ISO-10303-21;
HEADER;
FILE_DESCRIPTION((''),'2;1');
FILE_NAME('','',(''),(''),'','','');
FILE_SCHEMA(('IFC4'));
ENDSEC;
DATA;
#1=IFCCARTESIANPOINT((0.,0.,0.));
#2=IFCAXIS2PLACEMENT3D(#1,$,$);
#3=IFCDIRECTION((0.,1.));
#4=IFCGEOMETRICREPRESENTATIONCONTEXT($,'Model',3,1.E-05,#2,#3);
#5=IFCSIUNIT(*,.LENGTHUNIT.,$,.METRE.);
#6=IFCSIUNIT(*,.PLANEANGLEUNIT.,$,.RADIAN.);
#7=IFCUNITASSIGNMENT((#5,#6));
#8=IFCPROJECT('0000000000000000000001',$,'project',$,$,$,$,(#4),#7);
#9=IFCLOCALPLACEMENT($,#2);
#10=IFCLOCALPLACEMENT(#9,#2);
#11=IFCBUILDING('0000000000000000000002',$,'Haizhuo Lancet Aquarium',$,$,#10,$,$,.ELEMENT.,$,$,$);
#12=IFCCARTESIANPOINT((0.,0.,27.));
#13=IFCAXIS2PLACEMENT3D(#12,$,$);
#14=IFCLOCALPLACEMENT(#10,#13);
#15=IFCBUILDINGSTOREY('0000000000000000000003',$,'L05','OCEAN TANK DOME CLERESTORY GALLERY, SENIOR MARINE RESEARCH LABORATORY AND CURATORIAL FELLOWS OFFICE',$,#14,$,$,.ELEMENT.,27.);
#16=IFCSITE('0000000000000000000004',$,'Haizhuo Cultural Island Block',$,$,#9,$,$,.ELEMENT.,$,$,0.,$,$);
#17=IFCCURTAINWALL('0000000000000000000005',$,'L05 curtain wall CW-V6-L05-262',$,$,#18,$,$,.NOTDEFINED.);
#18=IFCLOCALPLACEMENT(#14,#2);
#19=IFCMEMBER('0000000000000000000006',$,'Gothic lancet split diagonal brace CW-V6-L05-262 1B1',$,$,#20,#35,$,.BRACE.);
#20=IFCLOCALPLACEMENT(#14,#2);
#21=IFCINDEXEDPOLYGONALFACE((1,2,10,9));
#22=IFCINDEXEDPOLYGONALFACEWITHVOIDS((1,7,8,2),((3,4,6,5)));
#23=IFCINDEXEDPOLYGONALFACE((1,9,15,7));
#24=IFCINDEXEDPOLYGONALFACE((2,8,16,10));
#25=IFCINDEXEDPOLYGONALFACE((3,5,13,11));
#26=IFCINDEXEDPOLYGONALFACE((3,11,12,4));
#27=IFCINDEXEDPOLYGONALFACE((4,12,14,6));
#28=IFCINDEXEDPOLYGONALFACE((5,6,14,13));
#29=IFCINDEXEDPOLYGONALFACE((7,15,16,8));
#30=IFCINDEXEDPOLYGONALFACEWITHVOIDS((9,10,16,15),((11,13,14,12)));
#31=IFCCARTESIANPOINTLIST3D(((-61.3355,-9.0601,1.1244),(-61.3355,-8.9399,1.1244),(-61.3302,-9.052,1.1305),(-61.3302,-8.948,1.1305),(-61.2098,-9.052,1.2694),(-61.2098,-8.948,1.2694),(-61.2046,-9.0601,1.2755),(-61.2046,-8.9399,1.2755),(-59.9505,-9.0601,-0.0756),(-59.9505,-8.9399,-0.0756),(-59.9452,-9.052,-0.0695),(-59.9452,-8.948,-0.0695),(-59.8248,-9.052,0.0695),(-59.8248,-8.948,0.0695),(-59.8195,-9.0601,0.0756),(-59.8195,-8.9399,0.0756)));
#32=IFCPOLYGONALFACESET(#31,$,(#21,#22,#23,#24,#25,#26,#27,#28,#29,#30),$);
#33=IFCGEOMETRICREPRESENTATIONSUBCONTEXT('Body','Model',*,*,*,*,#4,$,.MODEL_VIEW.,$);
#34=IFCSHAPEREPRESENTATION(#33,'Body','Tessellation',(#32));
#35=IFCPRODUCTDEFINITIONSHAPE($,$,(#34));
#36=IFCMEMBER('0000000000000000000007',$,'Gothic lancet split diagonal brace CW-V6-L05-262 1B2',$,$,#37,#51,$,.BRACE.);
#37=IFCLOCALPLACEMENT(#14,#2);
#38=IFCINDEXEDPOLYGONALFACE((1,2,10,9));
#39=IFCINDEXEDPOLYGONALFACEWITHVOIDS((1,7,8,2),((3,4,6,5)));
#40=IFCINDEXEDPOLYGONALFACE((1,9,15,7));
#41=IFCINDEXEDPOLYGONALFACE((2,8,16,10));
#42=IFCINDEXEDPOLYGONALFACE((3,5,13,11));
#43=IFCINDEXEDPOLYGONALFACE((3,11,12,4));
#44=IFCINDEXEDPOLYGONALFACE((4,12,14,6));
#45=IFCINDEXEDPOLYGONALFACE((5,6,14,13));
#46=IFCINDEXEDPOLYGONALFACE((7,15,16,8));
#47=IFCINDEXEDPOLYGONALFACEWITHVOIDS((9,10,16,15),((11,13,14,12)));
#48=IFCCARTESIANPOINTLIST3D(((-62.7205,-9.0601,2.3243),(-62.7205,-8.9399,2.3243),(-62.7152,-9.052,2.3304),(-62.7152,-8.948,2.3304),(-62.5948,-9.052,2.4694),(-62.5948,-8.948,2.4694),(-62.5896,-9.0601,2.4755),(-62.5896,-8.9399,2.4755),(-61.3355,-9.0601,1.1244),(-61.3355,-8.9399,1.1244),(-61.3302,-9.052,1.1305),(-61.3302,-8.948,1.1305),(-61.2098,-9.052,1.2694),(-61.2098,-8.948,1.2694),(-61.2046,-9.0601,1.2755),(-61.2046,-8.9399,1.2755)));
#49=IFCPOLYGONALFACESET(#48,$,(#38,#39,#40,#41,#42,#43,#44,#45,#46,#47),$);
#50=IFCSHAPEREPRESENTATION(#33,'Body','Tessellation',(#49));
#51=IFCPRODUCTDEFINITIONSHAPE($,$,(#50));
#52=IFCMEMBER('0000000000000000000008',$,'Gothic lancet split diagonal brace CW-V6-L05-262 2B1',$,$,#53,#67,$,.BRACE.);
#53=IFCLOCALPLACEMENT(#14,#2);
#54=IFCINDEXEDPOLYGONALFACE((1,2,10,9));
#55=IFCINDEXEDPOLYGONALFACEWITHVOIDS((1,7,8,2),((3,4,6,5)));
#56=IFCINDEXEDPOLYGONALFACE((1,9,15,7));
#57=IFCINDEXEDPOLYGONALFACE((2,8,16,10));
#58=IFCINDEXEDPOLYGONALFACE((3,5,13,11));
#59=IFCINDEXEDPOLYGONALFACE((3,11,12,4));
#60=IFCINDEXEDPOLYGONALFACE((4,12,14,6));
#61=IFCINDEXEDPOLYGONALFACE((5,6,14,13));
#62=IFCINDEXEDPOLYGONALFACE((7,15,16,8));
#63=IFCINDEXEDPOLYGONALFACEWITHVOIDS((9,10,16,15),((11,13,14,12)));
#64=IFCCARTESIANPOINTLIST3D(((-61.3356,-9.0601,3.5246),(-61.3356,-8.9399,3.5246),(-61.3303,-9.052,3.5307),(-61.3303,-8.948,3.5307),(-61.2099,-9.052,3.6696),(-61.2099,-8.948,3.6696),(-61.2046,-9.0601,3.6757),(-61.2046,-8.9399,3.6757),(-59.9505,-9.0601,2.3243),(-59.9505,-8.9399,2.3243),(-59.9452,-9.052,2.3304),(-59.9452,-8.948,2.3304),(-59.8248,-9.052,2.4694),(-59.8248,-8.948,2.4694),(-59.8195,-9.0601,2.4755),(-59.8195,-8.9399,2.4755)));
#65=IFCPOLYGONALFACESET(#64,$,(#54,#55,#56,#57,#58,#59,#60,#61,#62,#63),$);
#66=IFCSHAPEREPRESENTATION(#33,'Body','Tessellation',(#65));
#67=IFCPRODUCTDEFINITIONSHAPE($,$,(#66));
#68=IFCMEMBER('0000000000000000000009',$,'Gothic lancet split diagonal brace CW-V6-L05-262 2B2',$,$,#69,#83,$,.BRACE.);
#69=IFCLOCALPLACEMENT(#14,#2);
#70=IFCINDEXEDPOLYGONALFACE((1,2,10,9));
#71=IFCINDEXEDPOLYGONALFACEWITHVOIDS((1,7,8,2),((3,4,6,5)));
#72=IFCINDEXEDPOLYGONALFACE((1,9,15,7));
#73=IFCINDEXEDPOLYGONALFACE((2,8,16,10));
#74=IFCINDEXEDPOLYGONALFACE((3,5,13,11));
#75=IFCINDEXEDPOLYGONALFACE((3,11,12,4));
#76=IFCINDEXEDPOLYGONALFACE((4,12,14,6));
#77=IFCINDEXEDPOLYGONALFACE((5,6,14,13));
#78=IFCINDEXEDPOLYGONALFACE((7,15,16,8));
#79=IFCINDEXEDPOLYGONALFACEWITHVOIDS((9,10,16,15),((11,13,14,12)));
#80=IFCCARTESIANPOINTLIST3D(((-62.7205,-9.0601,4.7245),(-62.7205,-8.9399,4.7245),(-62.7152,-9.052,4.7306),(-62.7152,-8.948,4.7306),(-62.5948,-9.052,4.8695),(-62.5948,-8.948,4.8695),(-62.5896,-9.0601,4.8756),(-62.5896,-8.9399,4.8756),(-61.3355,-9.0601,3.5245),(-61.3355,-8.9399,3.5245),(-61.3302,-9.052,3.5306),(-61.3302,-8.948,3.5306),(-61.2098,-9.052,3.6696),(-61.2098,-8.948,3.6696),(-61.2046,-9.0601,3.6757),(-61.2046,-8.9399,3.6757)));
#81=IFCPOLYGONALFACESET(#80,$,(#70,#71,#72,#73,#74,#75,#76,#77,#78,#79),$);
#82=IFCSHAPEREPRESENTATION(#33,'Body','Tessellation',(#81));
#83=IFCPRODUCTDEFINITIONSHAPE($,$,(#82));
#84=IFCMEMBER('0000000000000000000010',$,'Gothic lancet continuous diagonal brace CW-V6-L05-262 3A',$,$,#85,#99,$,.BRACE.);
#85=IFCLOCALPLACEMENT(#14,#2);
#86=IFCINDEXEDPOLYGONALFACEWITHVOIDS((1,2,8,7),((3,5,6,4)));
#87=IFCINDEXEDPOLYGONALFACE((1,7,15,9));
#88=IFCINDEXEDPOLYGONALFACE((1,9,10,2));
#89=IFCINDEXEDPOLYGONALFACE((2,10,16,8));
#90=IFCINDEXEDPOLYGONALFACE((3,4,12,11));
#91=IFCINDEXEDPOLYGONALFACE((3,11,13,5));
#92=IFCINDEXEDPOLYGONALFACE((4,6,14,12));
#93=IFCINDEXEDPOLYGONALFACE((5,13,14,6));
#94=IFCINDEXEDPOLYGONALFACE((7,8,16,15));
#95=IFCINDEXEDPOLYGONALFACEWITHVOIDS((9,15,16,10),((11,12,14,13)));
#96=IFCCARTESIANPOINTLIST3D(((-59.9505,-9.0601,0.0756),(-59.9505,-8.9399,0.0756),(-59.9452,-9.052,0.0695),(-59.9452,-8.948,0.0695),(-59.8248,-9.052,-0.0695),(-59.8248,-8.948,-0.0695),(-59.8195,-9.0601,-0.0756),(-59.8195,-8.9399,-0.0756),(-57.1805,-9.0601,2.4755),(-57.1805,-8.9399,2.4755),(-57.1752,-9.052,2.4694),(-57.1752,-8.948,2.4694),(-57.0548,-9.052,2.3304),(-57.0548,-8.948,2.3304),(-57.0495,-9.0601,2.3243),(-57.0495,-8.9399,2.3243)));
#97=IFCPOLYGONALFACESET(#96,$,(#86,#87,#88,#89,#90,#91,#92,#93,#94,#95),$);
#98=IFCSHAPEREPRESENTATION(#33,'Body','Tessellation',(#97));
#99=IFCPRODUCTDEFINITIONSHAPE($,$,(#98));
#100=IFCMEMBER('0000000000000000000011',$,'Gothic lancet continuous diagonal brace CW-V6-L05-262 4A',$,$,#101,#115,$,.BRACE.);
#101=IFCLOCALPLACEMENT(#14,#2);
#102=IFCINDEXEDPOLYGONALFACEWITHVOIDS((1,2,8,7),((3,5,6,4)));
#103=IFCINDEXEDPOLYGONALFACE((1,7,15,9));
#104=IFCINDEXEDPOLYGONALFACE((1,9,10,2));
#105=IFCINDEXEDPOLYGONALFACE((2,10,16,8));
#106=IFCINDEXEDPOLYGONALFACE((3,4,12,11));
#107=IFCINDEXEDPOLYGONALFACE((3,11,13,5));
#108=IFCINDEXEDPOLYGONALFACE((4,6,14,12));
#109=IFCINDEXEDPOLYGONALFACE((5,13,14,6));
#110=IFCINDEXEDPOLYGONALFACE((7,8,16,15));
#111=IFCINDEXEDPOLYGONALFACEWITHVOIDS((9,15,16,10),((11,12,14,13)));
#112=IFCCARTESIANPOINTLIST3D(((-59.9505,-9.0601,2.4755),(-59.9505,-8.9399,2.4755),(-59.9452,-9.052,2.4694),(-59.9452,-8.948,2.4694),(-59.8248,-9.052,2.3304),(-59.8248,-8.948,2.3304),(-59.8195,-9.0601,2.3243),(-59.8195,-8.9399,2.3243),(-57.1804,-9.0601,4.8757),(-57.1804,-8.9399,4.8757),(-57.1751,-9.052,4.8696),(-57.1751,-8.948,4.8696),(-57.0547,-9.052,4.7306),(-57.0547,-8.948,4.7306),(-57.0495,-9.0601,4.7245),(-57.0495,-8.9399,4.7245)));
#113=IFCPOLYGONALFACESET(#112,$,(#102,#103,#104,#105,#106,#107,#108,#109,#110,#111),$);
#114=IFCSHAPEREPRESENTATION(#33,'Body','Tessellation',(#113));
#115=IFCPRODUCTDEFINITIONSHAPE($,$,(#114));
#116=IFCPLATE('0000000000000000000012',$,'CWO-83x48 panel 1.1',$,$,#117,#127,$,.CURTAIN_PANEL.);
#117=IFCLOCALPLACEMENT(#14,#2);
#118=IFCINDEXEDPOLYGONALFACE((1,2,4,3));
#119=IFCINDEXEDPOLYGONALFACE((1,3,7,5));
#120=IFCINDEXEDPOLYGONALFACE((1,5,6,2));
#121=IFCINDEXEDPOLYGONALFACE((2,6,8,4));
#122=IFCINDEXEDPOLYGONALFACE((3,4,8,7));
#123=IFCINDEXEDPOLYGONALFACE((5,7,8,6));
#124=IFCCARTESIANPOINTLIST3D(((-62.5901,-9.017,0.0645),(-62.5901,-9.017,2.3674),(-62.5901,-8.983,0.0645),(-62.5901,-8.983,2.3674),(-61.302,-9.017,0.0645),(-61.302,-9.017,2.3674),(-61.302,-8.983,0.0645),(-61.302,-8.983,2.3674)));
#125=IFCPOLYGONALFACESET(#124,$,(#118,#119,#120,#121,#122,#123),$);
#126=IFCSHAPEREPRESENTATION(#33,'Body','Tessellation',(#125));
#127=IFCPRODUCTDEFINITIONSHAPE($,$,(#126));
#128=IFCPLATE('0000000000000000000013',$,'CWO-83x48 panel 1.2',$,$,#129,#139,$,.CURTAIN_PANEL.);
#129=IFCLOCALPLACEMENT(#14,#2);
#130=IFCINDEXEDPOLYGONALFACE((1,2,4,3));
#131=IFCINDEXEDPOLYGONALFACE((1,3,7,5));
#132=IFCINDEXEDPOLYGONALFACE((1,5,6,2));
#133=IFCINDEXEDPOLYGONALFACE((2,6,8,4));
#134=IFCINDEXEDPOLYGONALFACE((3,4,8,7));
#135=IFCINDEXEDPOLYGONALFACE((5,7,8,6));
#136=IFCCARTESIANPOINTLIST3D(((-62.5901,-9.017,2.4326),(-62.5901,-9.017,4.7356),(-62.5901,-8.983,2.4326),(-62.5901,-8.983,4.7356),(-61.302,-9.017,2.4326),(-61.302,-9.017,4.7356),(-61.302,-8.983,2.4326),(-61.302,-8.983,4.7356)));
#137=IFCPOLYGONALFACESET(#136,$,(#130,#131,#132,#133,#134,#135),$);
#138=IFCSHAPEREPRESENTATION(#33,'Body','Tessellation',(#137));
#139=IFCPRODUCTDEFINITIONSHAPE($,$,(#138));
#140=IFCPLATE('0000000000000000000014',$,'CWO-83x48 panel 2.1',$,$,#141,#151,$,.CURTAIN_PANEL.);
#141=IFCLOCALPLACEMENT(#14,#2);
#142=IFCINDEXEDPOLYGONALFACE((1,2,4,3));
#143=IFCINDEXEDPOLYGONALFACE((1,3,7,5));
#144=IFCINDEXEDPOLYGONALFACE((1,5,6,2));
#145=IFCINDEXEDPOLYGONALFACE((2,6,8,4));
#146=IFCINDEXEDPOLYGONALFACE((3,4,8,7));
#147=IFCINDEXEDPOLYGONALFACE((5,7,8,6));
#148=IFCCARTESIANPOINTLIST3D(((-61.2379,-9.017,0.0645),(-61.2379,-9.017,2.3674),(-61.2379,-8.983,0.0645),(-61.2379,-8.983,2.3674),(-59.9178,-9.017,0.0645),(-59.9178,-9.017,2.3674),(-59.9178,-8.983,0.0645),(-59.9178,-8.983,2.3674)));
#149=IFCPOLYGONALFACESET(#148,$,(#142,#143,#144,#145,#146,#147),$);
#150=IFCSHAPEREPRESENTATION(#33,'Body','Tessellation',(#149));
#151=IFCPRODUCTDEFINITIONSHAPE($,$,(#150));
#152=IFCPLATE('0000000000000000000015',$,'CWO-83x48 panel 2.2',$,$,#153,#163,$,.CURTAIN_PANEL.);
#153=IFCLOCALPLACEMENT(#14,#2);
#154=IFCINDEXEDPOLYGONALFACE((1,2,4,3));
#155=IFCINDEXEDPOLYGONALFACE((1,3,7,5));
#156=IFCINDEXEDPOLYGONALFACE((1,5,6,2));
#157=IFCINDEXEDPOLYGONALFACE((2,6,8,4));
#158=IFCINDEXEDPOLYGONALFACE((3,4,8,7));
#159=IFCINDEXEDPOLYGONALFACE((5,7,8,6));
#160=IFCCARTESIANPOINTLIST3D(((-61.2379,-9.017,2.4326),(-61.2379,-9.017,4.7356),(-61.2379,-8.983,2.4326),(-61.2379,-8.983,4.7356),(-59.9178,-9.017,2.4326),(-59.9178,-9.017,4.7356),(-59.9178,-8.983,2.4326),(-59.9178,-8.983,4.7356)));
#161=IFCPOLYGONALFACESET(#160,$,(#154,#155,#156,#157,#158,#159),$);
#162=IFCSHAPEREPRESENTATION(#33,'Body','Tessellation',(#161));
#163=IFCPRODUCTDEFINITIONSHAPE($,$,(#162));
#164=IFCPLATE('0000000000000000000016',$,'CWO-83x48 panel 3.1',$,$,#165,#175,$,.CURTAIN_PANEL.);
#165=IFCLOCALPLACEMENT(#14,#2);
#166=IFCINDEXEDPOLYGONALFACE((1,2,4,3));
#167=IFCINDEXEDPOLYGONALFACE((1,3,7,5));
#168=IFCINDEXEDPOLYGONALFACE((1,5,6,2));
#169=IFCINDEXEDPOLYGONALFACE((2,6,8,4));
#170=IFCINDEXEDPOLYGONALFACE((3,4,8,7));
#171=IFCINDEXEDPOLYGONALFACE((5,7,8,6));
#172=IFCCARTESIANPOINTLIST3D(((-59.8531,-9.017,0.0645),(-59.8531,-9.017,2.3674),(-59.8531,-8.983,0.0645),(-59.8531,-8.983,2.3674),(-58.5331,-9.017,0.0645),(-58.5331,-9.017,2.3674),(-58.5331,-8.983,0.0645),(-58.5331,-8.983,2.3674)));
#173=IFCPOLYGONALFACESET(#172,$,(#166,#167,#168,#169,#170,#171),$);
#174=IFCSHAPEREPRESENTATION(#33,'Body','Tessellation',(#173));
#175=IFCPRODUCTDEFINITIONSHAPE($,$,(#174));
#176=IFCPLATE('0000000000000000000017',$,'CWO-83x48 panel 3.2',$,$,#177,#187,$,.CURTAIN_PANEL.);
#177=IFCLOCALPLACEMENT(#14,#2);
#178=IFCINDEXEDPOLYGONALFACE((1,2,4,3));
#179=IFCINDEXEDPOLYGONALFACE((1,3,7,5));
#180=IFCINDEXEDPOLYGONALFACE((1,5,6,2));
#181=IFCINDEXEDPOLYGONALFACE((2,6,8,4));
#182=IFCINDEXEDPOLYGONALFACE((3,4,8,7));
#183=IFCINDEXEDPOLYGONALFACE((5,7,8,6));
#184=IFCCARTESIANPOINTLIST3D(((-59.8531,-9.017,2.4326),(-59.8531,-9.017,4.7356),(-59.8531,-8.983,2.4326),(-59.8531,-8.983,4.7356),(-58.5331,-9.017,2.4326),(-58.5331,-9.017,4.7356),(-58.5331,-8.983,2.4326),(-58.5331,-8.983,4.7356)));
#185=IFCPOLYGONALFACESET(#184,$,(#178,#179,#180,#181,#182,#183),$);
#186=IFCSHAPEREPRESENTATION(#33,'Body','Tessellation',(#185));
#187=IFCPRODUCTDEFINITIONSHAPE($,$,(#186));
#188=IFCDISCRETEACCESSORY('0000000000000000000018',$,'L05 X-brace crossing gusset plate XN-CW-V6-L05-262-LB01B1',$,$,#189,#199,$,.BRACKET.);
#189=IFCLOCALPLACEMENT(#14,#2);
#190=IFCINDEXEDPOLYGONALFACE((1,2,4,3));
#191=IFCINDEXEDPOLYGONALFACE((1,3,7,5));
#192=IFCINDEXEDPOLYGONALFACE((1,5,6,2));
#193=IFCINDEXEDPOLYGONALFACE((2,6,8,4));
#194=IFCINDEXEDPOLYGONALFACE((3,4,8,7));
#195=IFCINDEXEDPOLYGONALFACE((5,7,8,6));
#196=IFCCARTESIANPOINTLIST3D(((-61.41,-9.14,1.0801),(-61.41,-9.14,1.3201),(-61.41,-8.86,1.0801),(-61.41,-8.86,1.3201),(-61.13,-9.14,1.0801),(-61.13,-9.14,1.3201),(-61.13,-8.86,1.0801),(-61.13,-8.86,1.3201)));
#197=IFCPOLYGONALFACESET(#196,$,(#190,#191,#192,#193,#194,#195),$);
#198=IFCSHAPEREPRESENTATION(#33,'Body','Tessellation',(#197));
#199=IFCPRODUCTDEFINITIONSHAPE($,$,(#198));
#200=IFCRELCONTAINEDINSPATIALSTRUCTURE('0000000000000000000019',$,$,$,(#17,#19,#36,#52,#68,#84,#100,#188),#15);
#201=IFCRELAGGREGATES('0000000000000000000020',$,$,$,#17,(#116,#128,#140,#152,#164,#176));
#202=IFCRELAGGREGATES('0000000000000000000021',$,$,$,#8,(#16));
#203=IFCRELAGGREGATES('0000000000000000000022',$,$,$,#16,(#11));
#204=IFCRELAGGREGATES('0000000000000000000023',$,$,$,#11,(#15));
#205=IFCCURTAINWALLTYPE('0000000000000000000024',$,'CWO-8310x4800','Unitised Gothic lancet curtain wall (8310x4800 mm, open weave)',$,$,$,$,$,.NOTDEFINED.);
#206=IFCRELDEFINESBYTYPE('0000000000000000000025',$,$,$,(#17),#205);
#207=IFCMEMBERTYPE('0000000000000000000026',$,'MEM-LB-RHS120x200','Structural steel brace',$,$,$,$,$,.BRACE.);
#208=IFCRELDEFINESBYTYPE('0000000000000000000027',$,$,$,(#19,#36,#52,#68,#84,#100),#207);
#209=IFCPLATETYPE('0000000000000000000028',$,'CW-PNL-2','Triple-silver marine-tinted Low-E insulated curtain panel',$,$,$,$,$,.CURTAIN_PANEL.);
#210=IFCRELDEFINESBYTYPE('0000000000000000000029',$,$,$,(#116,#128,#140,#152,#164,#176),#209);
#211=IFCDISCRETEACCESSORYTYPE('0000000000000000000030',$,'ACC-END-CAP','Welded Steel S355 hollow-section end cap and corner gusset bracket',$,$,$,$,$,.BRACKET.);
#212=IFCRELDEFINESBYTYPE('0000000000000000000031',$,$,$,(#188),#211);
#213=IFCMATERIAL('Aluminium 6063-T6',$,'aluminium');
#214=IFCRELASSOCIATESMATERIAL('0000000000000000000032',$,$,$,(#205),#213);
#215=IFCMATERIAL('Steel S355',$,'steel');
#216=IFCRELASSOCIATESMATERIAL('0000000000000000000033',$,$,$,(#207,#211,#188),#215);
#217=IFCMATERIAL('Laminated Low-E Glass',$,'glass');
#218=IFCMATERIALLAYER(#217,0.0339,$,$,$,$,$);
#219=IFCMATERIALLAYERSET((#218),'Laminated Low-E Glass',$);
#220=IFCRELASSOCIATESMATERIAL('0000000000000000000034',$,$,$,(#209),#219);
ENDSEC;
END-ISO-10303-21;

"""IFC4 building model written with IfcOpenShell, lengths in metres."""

from ifc_helpers import new_model, si_unit, direction, frame, origin, origin_2d, place, context, subcontext, project, spatial, rectangle, hollow_rectangle, extrude, material, layer, layer_set, material_profile, profile_set, type_object, element, aggregate, save


model = new_model("IFC4")

# Units and contexts
model_context = context("Model", 3, precision=1e-05, world=origin(), true_north=direction((0.0, 1.0)))
body_context = subcontext(model_context, "Body", "Model", "MODEL_VIEW")
ifc_project = project(units=[si_unit("LENGTHUNIT", "METRE"), si_unit("PLANEANGLEUNIT", "RADIAN")], contexts=[model_context])

# Site, building, storey
site_placement = place(None, origin())
site = spatial("IfcSite", under=ifc_project, at=site_placement, Name="Haizhuo Cultural Island Block", CompositionType="ELEMENT", RefElevation=0.0)
building_placement = place(site_placement, origin())
building = spatial("IfcBuilding", under=site, at=building_placement, Name="Haizhuo Lancet Aquarium", CompositionType="ELEMENT")
storey_placement = place(building_placement, frame((0.0, 0.0, 27.0)))
storey = spatial("IfcBuildingStorey", under=building, at=storey_placement, Name="L05", Description="OCEAN TANK DOME CLERESTORY GALLERY, SENIOR MARINE RESEARCH LABORATORY AND CURATORIAL FELLOWS OFFICE", CompositionType="ELEMENT", Elevation=27.0)

# Curtain wall
ifc_material_1 = material(Name="Aluminium 6063-T6", Category="aluminium")
curtain_wall_type = type_object("IfcCurtainWallType", Name="CWO-8310x4800", Description="Unitised Gothic lancet curtain wall (8310x4800 mm, open weave)", PredefinedType="NOTDEFINED", material=ifc_material_1)
curtain_wall_placement = place(storey_placement, origin())
curtain_wall = element("IfcCurtainWall", 1, at=curtain_wall_placement, inside=storey, type_object=curtain_wall_type, Name="L05 curtain wall CW-V6-L05-262", PredefinedType="NOTDEFINED")

# Members
ifc_material_2 = material(Name="Steel S355", Category="steel")
ifc_material_profile_1 = material_profile(ifc_material_2, hollow_rectangle(XDim=0.1201, YDim=0.2, WallThickness=0.0081, at=origin_2d()), Name="RHS 120x200x8")
ifc_profile_set_1 = profile_set([ifc_material_profile_1], Name="Steel S355")
member_type_1 = type_object("IfcMemberType", Name="MEM-LB-RHS120x200", Description="Structural steel brace", PredefinedType="BRACE", material=ifc_profile_set_1)
for number, where, z_axis, x_axis, name in (
    (2, (-59.885, -9.0, 0.0), (-0.755795, 0.0, 0.654809), (0.0, -1.0, 0.0), "Gothic lancet split diagonal brace CW-V6-L05-262 1B1"),
    (3, (-61.27, -9.0, 1.2), (-0.755795, 0.0, 0.654809), (0.0, -1.0, 0.0), "Gothic lancet split diagonal brace CW-V6-L05-262 1B2"),
):
    element("IfcMember", number, at=place(storey_placement, frame(where, z_axis=z_axis, x_axis=x_axis)), inside=storey, type_object=member_type_1, Name=name, PredefinedType="BRACE", context=body_context, shape_type="SweptSolid", body=[
        extrude(hollow_rectangle(XDim=0.1201, YDim=0.2, WallThickness=0.0081, at=origin_2d()), origin(), (0.0, 0.0, 1.0), 1.8325),
    ])
member_1_placement = place(storey_placement, frame((-59.885, -9.0, 2.3999), z_axis=(-0.755729, 0.0, 0.654885), x_axis=(0.0, -1.0, 0.0)))
element("IfcMember", 4, at=member_1_placement, inside=storey, type_object=member_type_1, Name="Gothic lancet split diagonal brace CW-V6-L05-262 2B1", PredefinedType="BRACE", context=body_context, shape_type="SweptSolid", body=[
    extrude(hollow_rectangle(XDim=0.1201, YDim=0.2, WallThickness=0.0081, at=origin_2d()), origin(), (0.0, 0.0, 1.0), 1.8328),
])
member_2_placement = place(storey_placement, frame((-61.27, -9.0, 3.6001), z_axis=(-0.755795, 0.0, 0.654809), x_axis=(0.0, -1.0, 0.0)))
element("IfcMember", 5, at=member_2_placement, inside=storey, type_object=member_type_1, Name="Gothic lancet split diagonal brace CW-V6-L05-262 2B2", PredefinedType="BRACE", context=body_context, shape_type="SweptSolid", body=[
    extrude(hollow_rectangle(XDim=0.1201, YDim=0.2, WallThickness=0.0081, at=origin_2d()), origin(), (0.0, 0.0, 1.0), 1.8325),
])
member_3_placement = place(storey_placement, frame((-59.885, -9.0, 0.0), z_axis=(0.755795, 0.0, 0.654809), x_axis=(0.0, 1.0, 0.0)))
element("IfcMember", 6, at=member_3_placement, inside=storey, type_object=member_type_1, Name="Gothic lancet continuous diagonal brace CW-V6-L05-262 3A", PredefinedType="BRACE", context=body_context, shape_type="SweptSolid", body=[
    extrude(hollow_rectangle(XDim=0.1201, YDim=0.2, WallThickness=0.0081, at=origin_2d()), origin(), (0.0, 0.0, 1.0), 3.665),
])
member_4_placement = place(storey_placement, frame((-59.885, -9.0, 2.3999), z_axis=(0.755762, 0.0, 0.654847), x_axis=(0.0, 1.0, 0.0)))
element("IfcMember", 7, at=member_4_placement, inside=storey, type_object=member_type_1, Name="Gothic lancet continuous diagonal brace CW-V6-L05-262 4A", PredefinedType="BRACE", context=body_context, shape_type="SweptSolid", body=[
    extrude(hollow_rectangle(XDim=0.1201, YDim=0.2, WallThickness=0.0081, at=origin_2d()), origin(), (0.0, 0.0, 1.0), 3.6653),
])

# Plates
ifc_material_3 = material(Name="Laminated Low-E Glass", Category="glass")
ifc_layer = layer(ifc_material_3, 0.0339)
ifc_layer_set = layer_set([ifc_layer], Name="Laminated Low-E Glass")
plate_type = type_object("IfcPlateType", Name="CW-PNL-2", Description="Triple-silver marine-tinted Low-E insulated curtain panel", PredefinedType="CURTAIN_PANEL", material=ifc_layer_set)
plate_1_placement = place(storey_placement, frame((-61.946, -9.0, 0.0645), z_axis=(0.0, 0.0, 1.0), x_axis=(1.0, 0.0, 0.0)))
plate_1 = element("IfcPlate", 8, at=plate_1_placement, type_object=plate_type, Name="CWO-83x48 panel 1.1", PredefinedType="CURTAIN_PANEL", context=body_context, shape_type="SweptSolid", body=[
    extrude(rectangle(XDim=1.2881, YDim=0.0339, at=origin_2d()), origin(), (0.0, 0.0, 1.0), 2.303),
])
plate_2_placement = place(storey_placement, frame((-61.946, -9.0, 2.4326), z_axis=(0.0, 0.0, 1.0), x_axis=(1.0, 0.0, 0.0)))
plate_2 = element("IfcPlate", 9, at=plate_2_placement, type_object=plate_type, Name="CWO-83x48 panel 1.2", PredefinedType="CURTAIN_PANEL", context=body_context, shape_type="SweptSolid", body=[
    extrude(rectangle(XDim=1.2881, YDim=0.0339, at=origin_2d()), origin(), (0.0, 0.0, 1.0), 2.303),
])
plate_3_placement = place(storey_placement, frame((-60.5779, -9.0, 0.0645), z_axis=(0.0, 0.0, 1.0), x_axis=(1.0, 0.0, 0.0)))
plate_3 = element("IfcPlate", 10, at=plate_3_placement, type_object=plate_type, Name="CWO-83x48 panel 2.1", PredefinedType="CURTAIN_PANEL", context=body_context, shape_type="SweptSolid", body=[
    extrude(rectangle(XDim=1.3201, YDim=0.0339, at=origin_2d()), origin(), (0.0, 0.0, 1.0), 2.303),
])
plate_4_placement = place(storey_placement, frame((-60.5779, -9.0, 2.4326), z_axis=(0.0, 0.0, 1.0), x_axis=(1.0, 0.0, 0.0)))
plate_4 = element("IfcPlate", 11, at=plate_4_placement, type_object=plate_type, Name="CWO-83x48 panel 2.2", PredefinedType="CURTAIN_PANEL", context=body_context, shape_type="SweptSolid", body=[
    extrude(rectangle(XDim=1.3201, YDim=0.0339, at=origin_2d()), origin(), (0.0, 0.0, 1.0), 2.303),
])
plate_5_placement = place(storey_placement, frame((-59.1931, -9.0, 0.0645), z_axis=(0.0, 0.0, 1.0), x_axis=(1.0, 0.0, 0.0)))
plate_5 = element("IfcPlate", 12, at=plate_5_placement, type_object=plate_type, Name="CWO-83x48 panel 3.1", PredefinedType="CURTAIN_PANEL", context=body_context, shape_type="SweptSolid", body=[
    extrude(rectangle(XDim=1.3201, YDim=0.0339, at=origin_2d()), origin(), (0.0, 0.0, 1.0), 2.303),
])
plate_6_placement = place(storey_placement, frame((-59.1931, -9.0, 2.4326), z_axis=(0.0, 0.0, 1.0), x_axis=(1.0, 0.0, 0.0)))
plate_6 = element("IfcPlate", 13, at=plate_6_placement, type_object=plate_type, Name="CWO-83x48 panel 3.2", PredefinedType="CURTAIN_PANEL", context=body_context, shape_type="SweptSolid", body=[
    extrude(rectangle(XDim=1.3201, YDim=0.0339, at=origin_2d()), origin(), (0.0, 0.0, 1.0), 2.303),
])
aggregate(curtain_wall, [plate_1, plate_2, plate_3, plate_4, plate_5, plate_6])

# Discrete accessory
discrete_accessory_type = type_object("IfcDiscreteAccessoryType", Name="ACC-END-CAP", Description="Welded Steel S355 hollow-section end cap and corner gusset bracket", PredefinedType="BRACKET", material=ifc_material_2)
for number, where, z_axis, x_axis, name in (
    (14, (-61.27, -9.0, 1.0801), (0.0, 0.0, 1.0), (1.0, 0.0, 0.0), "L05 X-brace crossing gusset plate XN-CW-V6-L05-262-LB01B1"),
):
    element("IfcDiscreteAccessory", number, at=place(storey_placement, frame(where, z_axis=z_axis, x_axis=x_axis)), inside=storey, type_object=discrete_accessory_type, material=ifc_material_2, Name=name, PredefinedType="BRACKET", context=body_context, shape_type="SweptSolid", body=[
        extrude(rectangle(XDim=0.28, YDim=0.28, at=origin_2d()), origin(), (0.0, 0.0, 1.0), 0.24),
    ])

save(model, "model.ifc")
